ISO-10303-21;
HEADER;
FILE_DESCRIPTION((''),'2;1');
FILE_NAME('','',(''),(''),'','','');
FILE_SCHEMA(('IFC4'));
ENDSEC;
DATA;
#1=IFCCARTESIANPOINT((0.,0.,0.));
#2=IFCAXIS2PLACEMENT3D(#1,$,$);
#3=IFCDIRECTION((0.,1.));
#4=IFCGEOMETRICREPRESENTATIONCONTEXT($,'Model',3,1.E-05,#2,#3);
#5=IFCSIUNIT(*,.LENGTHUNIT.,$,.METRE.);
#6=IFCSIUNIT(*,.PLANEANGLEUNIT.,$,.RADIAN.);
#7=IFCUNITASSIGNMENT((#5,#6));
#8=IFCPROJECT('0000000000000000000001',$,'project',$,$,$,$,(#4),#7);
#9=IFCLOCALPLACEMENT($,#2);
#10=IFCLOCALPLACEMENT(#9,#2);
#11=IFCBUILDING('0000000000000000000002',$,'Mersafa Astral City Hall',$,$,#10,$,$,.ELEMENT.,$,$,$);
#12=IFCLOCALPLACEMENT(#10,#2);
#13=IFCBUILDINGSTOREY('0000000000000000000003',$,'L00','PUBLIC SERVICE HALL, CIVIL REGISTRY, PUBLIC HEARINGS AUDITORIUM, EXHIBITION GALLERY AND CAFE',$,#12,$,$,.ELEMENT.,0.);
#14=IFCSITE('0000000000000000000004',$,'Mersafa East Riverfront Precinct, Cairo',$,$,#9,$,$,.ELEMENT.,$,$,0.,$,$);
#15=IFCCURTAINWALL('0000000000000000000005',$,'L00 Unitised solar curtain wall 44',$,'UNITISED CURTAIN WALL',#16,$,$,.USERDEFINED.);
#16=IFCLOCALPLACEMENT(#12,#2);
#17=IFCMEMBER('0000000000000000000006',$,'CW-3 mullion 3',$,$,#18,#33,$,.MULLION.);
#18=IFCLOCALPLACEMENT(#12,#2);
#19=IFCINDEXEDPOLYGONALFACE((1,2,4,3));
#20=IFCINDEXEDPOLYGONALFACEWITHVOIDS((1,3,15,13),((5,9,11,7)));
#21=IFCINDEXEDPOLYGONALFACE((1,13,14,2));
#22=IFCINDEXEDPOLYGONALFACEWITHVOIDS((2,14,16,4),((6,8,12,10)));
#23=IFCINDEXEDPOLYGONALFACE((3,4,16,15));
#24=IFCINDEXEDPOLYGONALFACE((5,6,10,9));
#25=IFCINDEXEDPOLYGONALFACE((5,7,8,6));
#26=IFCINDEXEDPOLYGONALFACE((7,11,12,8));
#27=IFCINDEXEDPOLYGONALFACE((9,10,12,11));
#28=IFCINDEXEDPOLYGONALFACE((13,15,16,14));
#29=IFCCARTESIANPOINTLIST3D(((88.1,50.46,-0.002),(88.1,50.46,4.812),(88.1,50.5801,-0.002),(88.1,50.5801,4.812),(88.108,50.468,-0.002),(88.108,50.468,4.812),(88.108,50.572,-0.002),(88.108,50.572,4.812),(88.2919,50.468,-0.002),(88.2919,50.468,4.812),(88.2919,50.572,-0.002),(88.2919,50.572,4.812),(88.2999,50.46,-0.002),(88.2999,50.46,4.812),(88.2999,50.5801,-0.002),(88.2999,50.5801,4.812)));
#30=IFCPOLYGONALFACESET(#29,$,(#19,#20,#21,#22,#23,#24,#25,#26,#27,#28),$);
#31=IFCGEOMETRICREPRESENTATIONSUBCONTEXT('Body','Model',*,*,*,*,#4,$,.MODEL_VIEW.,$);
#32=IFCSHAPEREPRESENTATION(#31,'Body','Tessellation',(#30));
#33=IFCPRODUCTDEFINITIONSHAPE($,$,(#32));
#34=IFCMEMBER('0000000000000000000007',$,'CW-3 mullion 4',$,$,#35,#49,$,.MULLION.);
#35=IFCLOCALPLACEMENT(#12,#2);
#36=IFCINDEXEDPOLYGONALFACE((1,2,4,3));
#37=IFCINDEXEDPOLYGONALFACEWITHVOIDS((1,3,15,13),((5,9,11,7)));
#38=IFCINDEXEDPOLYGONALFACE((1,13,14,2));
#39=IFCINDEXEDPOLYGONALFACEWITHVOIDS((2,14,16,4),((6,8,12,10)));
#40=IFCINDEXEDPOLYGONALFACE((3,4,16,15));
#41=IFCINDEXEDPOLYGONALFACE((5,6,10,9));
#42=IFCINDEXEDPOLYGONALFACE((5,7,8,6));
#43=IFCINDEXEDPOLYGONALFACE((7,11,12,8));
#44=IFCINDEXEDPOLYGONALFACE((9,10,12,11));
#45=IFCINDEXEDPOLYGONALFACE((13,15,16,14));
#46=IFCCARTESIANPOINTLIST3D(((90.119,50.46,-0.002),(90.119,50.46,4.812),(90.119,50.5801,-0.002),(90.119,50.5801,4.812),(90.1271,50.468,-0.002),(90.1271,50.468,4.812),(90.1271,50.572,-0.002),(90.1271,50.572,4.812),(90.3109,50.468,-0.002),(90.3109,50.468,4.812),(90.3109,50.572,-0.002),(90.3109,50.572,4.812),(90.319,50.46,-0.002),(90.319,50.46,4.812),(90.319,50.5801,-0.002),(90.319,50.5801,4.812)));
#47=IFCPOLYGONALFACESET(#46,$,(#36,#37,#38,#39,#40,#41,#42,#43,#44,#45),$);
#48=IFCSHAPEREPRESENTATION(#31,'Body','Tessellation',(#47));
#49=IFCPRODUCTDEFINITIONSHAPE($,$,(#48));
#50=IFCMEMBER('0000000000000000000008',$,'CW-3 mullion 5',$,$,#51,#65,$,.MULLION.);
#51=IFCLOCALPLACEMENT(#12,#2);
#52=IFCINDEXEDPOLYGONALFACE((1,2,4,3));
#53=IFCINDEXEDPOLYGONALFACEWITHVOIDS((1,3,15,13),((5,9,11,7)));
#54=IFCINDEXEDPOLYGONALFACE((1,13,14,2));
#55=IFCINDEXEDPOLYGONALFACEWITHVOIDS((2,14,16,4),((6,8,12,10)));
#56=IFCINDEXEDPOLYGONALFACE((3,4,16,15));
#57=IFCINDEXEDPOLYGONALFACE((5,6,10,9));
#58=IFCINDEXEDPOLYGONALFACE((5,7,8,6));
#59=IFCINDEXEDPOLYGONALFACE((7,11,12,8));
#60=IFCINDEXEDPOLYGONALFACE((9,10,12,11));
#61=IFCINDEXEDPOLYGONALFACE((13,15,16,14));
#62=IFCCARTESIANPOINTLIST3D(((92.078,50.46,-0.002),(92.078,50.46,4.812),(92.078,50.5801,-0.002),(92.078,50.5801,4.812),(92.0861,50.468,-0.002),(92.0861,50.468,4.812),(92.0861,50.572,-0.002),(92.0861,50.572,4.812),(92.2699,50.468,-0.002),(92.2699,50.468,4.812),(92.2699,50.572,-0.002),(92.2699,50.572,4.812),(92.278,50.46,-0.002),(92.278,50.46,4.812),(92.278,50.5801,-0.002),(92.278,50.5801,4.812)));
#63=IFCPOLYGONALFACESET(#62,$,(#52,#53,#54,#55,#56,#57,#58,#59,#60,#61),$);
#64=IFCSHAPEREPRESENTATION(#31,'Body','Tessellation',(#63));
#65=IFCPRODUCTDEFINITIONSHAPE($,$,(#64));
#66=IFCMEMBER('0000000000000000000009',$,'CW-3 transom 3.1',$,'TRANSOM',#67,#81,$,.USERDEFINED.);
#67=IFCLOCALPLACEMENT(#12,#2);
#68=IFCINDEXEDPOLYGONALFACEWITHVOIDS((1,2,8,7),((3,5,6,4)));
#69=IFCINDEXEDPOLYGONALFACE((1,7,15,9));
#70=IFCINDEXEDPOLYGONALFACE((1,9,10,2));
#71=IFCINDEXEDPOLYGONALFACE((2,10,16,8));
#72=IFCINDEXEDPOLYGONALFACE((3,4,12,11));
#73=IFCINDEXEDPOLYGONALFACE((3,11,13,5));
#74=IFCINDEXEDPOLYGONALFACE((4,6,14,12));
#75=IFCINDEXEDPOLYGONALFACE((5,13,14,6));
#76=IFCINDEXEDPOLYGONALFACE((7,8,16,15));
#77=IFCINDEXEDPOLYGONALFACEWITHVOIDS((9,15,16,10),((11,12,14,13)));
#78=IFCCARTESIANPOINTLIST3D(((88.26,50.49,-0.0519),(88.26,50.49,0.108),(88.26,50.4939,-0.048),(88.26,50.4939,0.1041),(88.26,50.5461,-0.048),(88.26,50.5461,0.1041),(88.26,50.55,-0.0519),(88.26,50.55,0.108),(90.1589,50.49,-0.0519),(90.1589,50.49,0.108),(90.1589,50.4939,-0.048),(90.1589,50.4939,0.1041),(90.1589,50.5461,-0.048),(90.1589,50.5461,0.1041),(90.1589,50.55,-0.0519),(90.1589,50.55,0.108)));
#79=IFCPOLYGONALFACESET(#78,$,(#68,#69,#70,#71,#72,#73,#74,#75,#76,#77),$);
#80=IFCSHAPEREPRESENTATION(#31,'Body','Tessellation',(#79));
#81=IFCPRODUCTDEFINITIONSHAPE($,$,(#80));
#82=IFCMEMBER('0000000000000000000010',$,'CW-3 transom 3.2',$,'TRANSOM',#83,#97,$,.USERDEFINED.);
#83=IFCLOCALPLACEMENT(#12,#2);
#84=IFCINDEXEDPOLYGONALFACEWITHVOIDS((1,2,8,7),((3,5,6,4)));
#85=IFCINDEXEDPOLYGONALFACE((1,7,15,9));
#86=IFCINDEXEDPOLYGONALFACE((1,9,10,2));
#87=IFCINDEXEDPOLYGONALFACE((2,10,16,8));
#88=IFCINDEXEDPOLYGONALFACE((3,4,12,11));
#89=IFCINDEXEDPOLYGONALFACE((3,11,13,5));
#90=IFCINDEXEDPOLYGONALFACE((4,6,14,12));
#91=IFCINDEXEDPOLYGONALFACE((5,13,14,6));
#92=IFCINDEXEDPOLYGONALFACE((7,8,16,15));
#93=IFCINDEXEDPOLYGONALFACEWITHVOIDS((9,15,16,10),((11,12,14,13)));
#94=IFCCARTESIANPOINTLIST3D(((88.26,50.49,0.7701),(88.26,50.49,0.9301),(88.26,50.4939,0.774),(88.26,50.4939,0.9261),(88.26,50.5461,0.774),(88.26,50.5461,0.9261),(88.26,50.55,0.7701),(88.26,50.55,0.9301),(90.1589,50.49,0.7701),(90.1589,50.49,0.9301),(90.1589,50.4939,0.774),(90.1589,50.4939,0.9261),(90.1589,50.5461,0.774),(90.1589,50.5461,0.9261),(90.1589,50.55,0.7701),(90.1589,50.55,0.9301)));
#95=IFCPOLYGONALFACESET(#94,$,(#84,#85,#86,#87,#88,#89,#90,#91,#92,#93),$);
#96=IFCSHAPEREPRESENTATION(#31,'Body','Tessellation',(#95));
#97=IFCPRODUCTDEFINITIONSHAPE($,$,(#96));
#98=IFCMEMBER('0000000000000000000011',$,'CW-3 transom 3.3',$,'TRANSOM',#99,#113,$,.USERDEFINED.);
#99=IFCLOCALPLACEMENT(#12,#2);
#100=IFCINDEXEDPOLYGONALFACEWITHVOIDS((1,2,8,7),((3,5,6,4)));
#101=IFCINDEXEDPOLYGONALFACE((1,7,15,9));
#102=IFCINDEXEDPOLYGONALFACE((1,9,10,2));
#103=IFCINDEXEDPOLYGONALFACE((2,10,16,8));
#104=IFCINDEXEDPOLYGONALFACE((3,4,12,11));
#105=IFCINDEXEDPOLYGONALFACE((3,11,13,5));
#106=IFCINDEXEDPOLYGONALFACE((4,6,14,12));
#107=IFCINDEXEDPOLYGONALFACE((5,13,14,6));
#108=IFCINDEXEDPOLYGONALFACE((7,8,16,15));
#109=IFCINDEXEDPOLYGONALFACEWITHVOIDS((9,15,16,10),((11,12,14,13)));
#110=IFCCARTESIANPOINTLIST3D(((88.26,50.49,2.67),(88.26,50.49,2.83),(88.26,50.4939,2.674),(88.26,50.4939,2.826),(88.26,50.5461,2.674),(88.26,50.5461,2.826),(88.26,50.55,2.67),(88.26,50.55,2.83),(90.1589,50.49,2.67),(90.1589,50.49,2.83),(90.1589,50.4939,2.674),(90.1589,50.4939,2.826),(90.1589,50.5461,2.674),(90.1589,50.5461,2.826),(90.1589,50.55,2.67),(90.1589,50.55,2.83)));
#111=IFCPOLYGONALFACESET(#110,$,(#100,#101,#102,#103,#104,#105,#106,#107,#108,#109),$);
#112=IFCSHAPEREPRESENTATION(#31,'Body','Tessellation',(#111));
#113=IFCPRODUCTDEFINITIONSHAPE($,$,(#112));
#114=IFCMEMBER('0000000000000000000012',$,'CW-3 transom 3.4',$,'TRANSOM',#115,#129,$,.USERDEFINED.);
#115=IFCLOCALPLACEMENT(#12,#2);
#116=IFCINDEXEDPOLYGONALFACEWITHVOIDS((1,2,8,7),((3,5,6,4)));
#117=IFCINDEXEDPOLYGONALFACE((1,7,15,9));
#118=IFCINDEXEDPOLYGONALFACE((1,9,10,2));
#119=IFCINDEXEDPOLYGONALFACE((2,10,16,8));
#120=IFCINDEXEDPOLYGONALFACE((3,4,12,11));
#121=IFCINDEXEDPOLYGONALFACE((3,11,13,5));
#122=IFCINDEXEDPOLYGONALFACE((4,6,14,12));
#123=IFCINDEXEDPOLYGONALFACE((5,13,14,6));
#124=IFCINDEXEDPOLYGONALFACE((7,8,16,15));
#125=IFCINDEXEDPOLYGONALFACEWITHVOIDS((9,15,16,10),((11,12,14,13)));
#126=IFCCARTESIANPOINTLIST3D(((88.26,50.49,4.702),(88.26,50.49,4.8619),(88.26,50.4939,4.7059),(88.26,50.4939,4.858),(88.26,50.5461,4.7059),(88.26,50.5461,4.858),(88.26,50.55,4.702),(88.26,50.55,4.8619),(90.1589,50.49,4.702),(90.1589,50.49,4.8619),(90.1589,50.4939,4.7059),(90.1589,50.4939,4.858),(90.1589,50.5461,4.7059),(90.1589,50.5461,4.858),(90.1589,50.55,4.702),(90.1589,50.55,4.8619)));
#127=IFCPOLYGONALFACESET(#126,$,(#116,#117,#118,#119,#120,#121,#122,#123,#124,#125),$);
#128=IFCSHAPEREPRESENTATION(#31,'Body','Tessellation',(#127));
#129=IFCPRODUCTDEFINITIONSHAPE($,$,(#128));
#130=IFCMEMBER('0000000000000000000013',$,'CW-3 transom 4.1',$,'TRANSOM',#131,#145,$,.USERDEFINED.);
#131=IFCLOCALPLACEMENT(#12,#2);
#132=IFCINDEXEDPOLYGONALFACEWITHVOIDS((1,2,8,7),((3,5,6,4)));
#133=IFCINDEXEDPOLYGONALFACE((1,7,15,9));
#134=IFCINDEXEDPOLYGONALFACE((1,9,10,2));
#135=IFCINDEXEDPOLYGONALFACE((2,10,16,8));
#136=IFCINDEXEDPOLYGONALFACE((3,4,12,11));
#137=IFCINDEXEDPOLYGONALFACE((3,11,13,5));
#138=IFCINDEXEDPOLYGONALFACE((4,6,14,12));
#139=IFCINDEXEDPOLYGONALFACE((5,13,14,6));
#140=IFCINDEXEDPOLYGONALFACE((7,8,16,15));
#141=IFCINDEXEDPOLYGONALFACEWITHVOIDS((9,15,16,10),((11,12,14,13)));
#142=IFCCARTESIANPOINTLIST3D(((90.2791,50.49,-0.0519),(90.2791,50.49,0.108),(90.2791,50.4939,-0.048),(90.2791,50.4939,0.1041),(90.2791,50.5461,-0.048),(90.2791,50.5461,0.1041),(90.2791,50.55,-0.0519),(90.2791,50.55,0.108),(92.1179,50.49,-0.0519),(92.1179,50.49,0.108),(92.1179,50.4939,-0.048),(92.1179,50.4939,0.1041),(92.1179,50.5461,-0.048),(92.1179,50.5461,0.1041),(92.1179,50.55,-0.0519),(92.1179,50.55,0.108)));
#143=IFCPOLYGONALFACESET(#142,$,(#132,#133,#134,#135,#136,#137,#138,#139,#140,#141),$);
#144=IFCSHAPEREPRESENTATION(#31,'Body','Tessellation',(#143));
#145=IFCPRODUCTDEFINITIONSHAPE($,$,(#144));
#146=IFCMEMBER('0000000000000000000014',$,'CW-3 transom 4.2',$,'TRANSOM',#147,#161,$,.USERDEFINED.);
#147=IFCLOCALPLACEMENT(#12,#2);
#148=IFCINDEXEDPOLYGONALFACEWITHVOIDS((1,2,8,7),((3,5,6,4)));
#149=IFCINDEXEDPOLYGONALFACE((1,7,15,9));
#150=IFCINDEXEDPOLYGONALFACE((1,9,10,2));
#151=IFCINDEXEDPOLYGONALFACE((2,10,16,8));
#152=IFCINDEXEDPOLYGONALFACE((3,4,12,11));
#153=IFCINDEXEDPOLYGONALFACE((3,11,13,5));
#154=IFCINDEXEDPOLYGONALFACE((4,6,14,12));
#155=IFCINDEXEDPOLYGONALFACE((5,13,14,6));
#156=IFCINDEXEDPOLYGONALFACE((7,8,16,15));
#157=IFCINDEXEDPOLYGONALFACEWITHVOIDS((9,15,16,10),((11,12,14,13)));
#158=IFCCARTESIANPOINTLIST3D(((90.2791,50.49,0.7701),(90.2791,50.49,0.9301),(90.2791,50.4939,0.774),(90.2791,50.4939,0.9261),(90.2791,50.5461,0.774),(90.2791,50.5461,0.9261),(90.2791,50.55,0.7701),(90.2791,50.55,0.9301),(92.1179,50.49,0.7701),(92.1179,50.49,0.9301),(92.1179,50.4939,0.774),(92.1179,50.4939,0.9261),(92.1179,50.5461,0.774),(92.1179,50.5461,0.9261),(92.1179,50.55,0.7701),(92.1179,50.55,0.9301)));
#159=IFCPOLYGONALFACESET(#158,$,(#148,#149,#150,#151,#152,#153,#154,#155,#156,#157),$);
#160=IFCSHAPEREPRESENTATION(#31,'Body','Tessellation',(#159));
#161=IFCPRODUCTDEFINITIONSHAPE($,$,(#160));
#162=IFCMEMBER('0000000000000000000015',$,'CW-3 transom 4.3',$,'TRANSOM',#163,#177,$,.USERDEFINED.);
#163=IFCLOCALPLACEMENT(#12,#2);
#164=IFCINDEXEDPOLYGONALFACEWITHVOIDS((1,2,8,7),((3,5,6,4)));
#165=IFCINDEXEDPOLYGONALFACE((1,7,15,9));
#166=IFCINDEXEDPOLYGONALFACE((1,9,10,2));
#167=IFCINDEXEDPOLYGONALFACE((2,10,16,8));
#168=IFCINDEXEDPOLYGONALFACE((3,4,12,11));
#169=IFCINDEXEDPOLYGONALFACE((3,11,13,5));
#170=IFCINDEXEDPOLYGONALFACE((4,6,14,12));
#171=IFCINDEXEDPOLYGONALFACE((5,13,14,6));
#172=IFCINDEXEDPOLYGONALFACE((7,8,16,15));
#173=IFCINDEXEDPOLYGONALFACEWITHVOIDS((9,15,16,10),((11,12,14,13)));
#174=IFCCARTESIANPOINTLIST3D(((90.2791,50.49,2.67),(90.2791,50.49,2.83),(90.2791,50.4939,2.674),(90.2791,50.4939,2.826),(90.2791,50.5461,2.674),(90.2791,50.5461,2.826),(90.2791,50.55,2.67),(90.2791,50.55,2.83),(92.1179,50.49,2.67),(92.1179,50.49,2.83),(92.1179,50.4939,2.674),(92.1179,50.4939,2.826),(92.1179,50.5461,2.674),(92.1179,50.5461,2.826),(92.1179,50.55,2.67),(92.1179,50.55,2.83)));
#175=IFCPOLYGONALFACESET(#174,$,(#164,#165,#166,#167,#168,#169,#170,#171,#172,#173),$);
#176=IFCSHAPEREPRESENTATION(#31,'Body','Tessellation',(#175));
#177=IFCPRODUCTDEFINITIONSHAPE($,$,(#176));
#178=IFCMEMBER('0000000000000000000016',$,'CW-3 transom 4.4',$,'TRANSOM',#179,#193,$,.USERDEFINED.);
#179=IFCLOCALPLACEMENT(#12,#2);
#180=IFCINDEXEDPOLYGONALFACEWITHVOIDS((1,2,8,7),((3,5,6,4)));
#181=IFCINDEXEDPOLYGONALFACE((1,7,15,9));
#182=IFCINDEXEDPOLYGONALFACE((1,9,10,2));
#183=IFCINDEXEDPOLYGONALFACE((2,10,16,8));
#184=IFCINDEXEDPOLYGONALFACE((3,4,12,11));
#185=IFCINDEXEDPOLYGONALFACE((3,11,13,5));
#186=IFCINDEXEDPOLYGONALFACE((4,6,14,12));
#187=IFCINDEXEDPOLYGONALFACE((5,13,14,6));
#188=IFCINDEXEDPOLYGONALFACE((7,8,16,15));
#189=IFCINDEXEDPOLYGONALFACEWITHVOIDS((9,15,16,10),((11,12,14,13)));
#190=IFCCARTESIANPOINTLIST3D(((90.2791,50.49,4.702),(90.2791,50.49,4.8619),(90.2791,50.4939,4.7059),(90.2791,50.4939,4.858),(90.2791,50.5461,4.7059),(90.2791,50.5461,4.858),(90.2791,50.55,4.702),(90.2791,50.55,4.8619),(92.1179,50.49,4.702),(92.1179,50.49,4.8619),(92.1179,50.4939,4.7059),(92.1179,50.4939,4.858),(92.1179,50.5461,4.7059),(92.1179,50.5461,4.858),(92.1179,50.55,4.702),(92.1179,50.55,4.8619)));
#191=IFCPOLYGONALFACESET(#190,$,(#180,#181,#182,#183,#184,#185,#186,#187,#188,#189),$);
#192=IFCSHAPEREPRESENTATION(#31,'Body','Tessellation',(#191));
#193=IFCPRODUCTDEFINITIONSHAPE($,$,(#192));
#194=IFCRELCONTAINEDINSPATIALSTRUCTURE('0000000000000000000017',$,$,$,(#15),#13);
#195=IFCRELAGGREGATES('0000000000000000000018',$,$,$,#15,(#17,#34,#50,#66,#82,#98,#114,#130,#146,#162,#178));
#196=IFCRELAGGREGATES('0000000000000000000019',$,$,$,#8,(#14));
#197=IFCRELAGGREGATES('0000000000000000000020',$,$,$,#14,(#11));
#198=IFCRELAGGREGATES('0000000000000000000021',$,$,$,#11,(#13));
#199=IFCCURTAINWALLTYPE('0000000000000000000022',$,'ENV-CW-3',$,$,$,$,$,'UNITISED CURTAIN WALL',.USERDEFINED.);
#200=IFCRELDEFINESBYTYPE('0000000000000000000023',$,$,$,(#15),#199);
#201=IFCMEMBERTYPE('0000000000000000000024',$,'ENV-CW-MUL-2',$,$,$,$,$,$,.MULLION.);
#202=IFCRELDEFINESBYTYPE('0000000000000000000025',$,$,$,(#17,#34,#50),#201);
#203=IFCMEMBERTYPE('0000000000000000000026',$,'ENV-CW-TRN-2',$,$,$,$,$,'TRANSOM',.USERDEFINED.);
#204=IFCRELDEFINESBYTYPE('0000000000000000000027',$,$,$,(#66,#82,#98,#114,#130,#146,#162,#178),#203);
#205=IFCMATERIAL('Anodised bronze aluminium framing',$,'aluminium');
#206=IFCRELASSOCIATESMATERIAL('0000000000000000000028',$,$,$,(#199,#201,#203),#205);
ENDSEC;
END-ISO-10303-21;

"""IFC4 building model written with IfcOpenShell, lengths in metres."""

from ifc_helpers import new_model, si_unit, direction, frame, origin, origin_2d, place, context, subcontext, project, spatial, hollow_rectangle, extrude, material, material_profile, profile_set, type_object, element, aggregate, save


model = new_model("IFC4")

# Units and contexts
model_context = context("Model", 3, precision=1e-05, world=origin(), true_north=direction((0.0, 1.0)))
body_context = subcontext(model_context, "Body", "Model", "MODEL_VIEW")
ifc_project = project(units=[si_unit("LENGTHUNIT", "METRE"), si_unit("PLANEANGLEUNIT", "RADIAN")], contexts=[model_context])

# Site, building, storey
site_placement = place(None, origin())
site = spatial("IfcSite", under=ifc_project, at=site_placement, Name="Mersafa East Riverfront Precinct, Cairo", CompositionType="ELEMENT", RefElevation=0.0)
building_placement = place(site_placement, origin())
building = spatial("IfcBuilding", under=site, at=building_placement, Name="Mersafa Astral City Hall", CompositionType="ELEMENT")
storey_placement = place(building_placement, origin())
storey = spatial("IfcBuildingStorey", under=building, at=storey_placement, Name="L00", Description="PUBLIC SERVICE HALL, CIVIL REGISTRY, PUBLIC HEARINGS AUDITORIUM, EXHIBITION GALLERY AND CAFE", CompositionType="ELEMENT", Elevation=0.0)

# Curtain wall, members
ifc_material_1 = material(Name="Anodised bronze aluminium framing", Category="aluminium")
curtain_wall_type = type_object("IfcCurtainWallType", Name="ENV-CW-3", ElementType="UNITISED CURTAIN WALL", PredefinedType="USERDEFINED", material=ifc_material_1)
curtain_wall_placement = place(storey_placement, origin())
curtain_wall = element("IfcCurtainWall", 1, at=curtain_wall_placement, inside=storey, type_object=curtain_wall_type, Name="L00 Unitised solar curtain wall 44", ObjectType="UNITISED CURTAIN WALL", PredefinedType="USERDEFINED")
ifc_material_profile_1 = material_profile(ifc_material_1, hollow_rectangle(XDim=0.1201, YDim=0.2, WallThickness=0.0081, at=origin_2d()), Name="RHS 120x200x8")
ifc_profile_set_1 = profile_set([ifc_material_profile_1], Name="Anodised bronze aluminium framing")
member_type_1 = type_object("IfcMemberType", Name="ENV-CW-MUL-2", PredefinedType="MULLION", material=ifc_profile_set_1)
member_1_placement = place(storey_placement, frame((88.2, 50.52, -0.002), z_axis=(0.0, 0.0, 1.0), x_axis=(0.0, 1.0, 0.0)))
member_1 = element("IfcMember", 2, at=member_1_placement, type_object=member_type_1, Name="CW-3 mullion 3", PredefinedType="MULLION", context=body_context, shape_type="SweptSolid", body=[
    extrude(hollow_rectangle(XDim=0.1201, YDim=0.2, WallThickness=0.0081, at=origin_2d()), origin(), (0.0, 0.0, 1.0), 4.814),
])
member_2_placement = place(storey_placement, frame((90.219, 50.52, -0.002), z_axis=(0.0, 0.0, 1.0), x_axis=(0.0, 1.0, 0.0)))
member_2 = element("IfcMember", 3, at=member_2_placement, type_object=member_type_1, Name="CW-3 mullion 4", PredefinedType="MULLION", context=body_context, shape_type="SweptSolid", body=[
    extrude(hollow_rectangle(XDim=0.1201, YDim=0.2, WallThickness=0.0081, at=origin_2d()), origin(), (0.0, 0.0, 1.0), 4.814),
])
member_3_placement = place(storey_placement, frame((92.178, 50.52, -0.002), z_axis=(0.0, 0.0, 1.0), x_axis=(0.0, 1.0, 0.0)))
member_3 = element("IfcMember", 4, at=member_3_placement, type_object=member_type_1, Name="CW-3 mullion 5", PredefinedType="MULLION", context=body_context, shape_type="SweptSolid", body=[
    extrude(hollow_rectangle(XDim=0.1201, YDim=0.2, WallThickness=0.0081, at=origin_2d()), origin(), (0.0, 0.0, 1.0), 4.814),
])
ifc_material_profile_2 = material_profile(ifc_material_1, hollow_rectangle(XDim=0.0601, YDim=0.1599, WallThickness=0.0039, at=origin_2d()), Name="RHS 60x160x4")
ifc_profile_set_2 = profile_set([ifc_material_profile_2], Name="Anodised bronze aluminium framing")
member_type_2 = type_object("IfcMemberType", Name="ENV-CW-TRN-2", ElementType="TRANSOM", PredefinedType="USERDEFINED", material=ifc_profile_set_2)
member_4_placement = place(storey_placement, frame((88.26, 50.52, 0.0281), z_axis=(1.0, 0.0, 0.0), x_axis=(0.0, 1.0, 0.0)))
member_4 = element("IfcMember", 5, at=member_4_placement, type_object=member_type_2, Name="CW-3 transom 3.1", ObjectType="TRANSOM", PredefinedType="USERDEFINED", context=body_context, shape_type="SweptSolid", body=[
    extrude(hollow_rectangle(XDim=0.0601, YDim=0.1599, WallThickness=0.0039, at=origin_2d()), origin(), (0.0, 0.0, 1.0), 1.8989),
])
member_5_placement = place(storey_placement, frame((88.26, 50.52, 0.8501), z_axis=(1.0, 0.0, 0.0), x_axis=(0.0, 1.0, 0.0)))
member_5 = element("IfcMember", 6, at=member_5_placement, type_object=member_type_2, Name="CW-3 transom 3.2", ObjectType="TRANSOM", PredefinedType="USERDEFINED", context=body_context, shape_type="SweptSolid", body=[
    extrude(hollow_rectangle(XDim=0.0601, YDim=0.1599, WallThickness=0.0039, at=origin_2d()), origin(), (0.0, 0.0, 1.0), 1.8989),
])
member_6_placement = place(storey_placement, frame((88.26, 50.52, 2.75), z_axis=(1.0, 0.0, 0.0), x_axis=(0.0, 1.0, 0.0)))
member_6 = element("IfcMember", 7, at=member_6_placement, type_object=member_type_2, Name="CW-3 transom 3.3", ObjectType="TRANSOM", PredefinedType="USERDEFINED", context=body_context, shape_type="SweptSolid", body=[
    extrude(hollow_rectangle(XDim=0.0601, YDim=0.1599, WallThickness=0.0039, at=origin_2d()), origin(), (0.0, 0.0, 1.0), 1.8989),
])
member_7_placement = place(storey_placement, frame((88.26, 50.52, 4.782), z_axis=(1.0, 0.0, 0.0), x_axis=(0.0, 1.0, 0.0)))
member_7 = element("IfcMember", 8, at=member_7_placement, type_object=member_type_2, Name="CW-3 transom 3.4", ObjectType="TRANSOM", PredefinedType="USERDEFINED", context=body_context, shape_type="SweptSolid", body=[
    extrude(hollow_rectangle(XDim=0.0601, YDim=0.1599, WallThickness=0.0039, at=origin_2d()), origin(), (0.0, 0.0, 1.0), 1.8989),
])
member_8_placement = place(storey_placement, frame((90.2791, 50.52, 0.0281), z_axis=(1.0, 0.0, 0.0), x_axis=(0.0, 1.0, 0.0)))
member_8 = element("IfcMember", 9, at=member_8_placement, type_object=member_type_2, Name="CW-3 transom 4.1", ObjectType="TRANSOM", PredefinedType="USERDEFINED", context=body_context, shape_type="SweptSolid", body=[
    extrude(hollow_rectangle(XDim=0.0601, YDim=0.1599, WallThickness=0.0039, at=origin_2d()), origin(), (0.0, 0.0, 1.0), 1.8389),
])
member_9_placement = place(storey_placement, frame((90.2791, 50.52, 0.8501), z_axis=(1.0, 0.0, 0.0), x_axis=(0.0, 1.0, 0.0)))
member_9 = element("IfcMember", 10, at=member_9_placement, type_object=member_type_2, Name="CW-3 transom 4.2", ObjectType="TRANSOM", PredefinedType="USERDEFINED", context=body_context, shape_type="SweptSolid", body=[
    extrude(hollow_rectangle(XDim=0.0601, YDim=0.1599, WallThickness=0.0039, at=origin_2d()), origin(), (0.0, 0.0, 1.0), 1.8389),
])
member_10_placement = place(storey_placement, frame((90.2791, 50.52, 2.75), z_axis=(1.0, 0.0, 0.0), x_axis=(0.0, 1.0, 0.0)))
member_10 = element("IfcMember", 11, at=member_10_placement, type_object=member_type_2, Name="CW-3 transom 4.3", ObjectType="TRANSOM", PredefinedType="USERDEFINED", context=body_context, shape_type="SweptSolid", body=[
    extrude(hollow_rectangle(XDim=0.0601, YDim=0.1599, WallThickness=0.0039, at=origin_2d()), origin(), (0.0, 0.0, 1.0), 1.8389),
])
member_11_placement = place(storey_placement, frame((90.2791, 50.52, 4.782), z_axis=(1.0, 0.0, 0.0), x_axis=(0.0, 1.0, 0.0)))
member_11 = element("IfcMember", 12, at=member_11_placement, type_object=member_type_2, Name="CW-3 transom 4.4", ObjectType="TRANSOM", PredefinedType="USERDEFINED", context=body_context, shape_type="SweptSolid", body=[
    extrude(hollow_rectangle(XDim=0.0601, YDim=0.1599, WallThickness=0.0039, at=origin_2d()), origin(), (0.0, 0.0, 1.0), 1.8389),
])

aggregate(curtain_wall, [member_1, member_2, member_3, member_4, member_5, member_6, member_7, member_8, member_9, member_10, member_11])

save(model, "model.ifc")
